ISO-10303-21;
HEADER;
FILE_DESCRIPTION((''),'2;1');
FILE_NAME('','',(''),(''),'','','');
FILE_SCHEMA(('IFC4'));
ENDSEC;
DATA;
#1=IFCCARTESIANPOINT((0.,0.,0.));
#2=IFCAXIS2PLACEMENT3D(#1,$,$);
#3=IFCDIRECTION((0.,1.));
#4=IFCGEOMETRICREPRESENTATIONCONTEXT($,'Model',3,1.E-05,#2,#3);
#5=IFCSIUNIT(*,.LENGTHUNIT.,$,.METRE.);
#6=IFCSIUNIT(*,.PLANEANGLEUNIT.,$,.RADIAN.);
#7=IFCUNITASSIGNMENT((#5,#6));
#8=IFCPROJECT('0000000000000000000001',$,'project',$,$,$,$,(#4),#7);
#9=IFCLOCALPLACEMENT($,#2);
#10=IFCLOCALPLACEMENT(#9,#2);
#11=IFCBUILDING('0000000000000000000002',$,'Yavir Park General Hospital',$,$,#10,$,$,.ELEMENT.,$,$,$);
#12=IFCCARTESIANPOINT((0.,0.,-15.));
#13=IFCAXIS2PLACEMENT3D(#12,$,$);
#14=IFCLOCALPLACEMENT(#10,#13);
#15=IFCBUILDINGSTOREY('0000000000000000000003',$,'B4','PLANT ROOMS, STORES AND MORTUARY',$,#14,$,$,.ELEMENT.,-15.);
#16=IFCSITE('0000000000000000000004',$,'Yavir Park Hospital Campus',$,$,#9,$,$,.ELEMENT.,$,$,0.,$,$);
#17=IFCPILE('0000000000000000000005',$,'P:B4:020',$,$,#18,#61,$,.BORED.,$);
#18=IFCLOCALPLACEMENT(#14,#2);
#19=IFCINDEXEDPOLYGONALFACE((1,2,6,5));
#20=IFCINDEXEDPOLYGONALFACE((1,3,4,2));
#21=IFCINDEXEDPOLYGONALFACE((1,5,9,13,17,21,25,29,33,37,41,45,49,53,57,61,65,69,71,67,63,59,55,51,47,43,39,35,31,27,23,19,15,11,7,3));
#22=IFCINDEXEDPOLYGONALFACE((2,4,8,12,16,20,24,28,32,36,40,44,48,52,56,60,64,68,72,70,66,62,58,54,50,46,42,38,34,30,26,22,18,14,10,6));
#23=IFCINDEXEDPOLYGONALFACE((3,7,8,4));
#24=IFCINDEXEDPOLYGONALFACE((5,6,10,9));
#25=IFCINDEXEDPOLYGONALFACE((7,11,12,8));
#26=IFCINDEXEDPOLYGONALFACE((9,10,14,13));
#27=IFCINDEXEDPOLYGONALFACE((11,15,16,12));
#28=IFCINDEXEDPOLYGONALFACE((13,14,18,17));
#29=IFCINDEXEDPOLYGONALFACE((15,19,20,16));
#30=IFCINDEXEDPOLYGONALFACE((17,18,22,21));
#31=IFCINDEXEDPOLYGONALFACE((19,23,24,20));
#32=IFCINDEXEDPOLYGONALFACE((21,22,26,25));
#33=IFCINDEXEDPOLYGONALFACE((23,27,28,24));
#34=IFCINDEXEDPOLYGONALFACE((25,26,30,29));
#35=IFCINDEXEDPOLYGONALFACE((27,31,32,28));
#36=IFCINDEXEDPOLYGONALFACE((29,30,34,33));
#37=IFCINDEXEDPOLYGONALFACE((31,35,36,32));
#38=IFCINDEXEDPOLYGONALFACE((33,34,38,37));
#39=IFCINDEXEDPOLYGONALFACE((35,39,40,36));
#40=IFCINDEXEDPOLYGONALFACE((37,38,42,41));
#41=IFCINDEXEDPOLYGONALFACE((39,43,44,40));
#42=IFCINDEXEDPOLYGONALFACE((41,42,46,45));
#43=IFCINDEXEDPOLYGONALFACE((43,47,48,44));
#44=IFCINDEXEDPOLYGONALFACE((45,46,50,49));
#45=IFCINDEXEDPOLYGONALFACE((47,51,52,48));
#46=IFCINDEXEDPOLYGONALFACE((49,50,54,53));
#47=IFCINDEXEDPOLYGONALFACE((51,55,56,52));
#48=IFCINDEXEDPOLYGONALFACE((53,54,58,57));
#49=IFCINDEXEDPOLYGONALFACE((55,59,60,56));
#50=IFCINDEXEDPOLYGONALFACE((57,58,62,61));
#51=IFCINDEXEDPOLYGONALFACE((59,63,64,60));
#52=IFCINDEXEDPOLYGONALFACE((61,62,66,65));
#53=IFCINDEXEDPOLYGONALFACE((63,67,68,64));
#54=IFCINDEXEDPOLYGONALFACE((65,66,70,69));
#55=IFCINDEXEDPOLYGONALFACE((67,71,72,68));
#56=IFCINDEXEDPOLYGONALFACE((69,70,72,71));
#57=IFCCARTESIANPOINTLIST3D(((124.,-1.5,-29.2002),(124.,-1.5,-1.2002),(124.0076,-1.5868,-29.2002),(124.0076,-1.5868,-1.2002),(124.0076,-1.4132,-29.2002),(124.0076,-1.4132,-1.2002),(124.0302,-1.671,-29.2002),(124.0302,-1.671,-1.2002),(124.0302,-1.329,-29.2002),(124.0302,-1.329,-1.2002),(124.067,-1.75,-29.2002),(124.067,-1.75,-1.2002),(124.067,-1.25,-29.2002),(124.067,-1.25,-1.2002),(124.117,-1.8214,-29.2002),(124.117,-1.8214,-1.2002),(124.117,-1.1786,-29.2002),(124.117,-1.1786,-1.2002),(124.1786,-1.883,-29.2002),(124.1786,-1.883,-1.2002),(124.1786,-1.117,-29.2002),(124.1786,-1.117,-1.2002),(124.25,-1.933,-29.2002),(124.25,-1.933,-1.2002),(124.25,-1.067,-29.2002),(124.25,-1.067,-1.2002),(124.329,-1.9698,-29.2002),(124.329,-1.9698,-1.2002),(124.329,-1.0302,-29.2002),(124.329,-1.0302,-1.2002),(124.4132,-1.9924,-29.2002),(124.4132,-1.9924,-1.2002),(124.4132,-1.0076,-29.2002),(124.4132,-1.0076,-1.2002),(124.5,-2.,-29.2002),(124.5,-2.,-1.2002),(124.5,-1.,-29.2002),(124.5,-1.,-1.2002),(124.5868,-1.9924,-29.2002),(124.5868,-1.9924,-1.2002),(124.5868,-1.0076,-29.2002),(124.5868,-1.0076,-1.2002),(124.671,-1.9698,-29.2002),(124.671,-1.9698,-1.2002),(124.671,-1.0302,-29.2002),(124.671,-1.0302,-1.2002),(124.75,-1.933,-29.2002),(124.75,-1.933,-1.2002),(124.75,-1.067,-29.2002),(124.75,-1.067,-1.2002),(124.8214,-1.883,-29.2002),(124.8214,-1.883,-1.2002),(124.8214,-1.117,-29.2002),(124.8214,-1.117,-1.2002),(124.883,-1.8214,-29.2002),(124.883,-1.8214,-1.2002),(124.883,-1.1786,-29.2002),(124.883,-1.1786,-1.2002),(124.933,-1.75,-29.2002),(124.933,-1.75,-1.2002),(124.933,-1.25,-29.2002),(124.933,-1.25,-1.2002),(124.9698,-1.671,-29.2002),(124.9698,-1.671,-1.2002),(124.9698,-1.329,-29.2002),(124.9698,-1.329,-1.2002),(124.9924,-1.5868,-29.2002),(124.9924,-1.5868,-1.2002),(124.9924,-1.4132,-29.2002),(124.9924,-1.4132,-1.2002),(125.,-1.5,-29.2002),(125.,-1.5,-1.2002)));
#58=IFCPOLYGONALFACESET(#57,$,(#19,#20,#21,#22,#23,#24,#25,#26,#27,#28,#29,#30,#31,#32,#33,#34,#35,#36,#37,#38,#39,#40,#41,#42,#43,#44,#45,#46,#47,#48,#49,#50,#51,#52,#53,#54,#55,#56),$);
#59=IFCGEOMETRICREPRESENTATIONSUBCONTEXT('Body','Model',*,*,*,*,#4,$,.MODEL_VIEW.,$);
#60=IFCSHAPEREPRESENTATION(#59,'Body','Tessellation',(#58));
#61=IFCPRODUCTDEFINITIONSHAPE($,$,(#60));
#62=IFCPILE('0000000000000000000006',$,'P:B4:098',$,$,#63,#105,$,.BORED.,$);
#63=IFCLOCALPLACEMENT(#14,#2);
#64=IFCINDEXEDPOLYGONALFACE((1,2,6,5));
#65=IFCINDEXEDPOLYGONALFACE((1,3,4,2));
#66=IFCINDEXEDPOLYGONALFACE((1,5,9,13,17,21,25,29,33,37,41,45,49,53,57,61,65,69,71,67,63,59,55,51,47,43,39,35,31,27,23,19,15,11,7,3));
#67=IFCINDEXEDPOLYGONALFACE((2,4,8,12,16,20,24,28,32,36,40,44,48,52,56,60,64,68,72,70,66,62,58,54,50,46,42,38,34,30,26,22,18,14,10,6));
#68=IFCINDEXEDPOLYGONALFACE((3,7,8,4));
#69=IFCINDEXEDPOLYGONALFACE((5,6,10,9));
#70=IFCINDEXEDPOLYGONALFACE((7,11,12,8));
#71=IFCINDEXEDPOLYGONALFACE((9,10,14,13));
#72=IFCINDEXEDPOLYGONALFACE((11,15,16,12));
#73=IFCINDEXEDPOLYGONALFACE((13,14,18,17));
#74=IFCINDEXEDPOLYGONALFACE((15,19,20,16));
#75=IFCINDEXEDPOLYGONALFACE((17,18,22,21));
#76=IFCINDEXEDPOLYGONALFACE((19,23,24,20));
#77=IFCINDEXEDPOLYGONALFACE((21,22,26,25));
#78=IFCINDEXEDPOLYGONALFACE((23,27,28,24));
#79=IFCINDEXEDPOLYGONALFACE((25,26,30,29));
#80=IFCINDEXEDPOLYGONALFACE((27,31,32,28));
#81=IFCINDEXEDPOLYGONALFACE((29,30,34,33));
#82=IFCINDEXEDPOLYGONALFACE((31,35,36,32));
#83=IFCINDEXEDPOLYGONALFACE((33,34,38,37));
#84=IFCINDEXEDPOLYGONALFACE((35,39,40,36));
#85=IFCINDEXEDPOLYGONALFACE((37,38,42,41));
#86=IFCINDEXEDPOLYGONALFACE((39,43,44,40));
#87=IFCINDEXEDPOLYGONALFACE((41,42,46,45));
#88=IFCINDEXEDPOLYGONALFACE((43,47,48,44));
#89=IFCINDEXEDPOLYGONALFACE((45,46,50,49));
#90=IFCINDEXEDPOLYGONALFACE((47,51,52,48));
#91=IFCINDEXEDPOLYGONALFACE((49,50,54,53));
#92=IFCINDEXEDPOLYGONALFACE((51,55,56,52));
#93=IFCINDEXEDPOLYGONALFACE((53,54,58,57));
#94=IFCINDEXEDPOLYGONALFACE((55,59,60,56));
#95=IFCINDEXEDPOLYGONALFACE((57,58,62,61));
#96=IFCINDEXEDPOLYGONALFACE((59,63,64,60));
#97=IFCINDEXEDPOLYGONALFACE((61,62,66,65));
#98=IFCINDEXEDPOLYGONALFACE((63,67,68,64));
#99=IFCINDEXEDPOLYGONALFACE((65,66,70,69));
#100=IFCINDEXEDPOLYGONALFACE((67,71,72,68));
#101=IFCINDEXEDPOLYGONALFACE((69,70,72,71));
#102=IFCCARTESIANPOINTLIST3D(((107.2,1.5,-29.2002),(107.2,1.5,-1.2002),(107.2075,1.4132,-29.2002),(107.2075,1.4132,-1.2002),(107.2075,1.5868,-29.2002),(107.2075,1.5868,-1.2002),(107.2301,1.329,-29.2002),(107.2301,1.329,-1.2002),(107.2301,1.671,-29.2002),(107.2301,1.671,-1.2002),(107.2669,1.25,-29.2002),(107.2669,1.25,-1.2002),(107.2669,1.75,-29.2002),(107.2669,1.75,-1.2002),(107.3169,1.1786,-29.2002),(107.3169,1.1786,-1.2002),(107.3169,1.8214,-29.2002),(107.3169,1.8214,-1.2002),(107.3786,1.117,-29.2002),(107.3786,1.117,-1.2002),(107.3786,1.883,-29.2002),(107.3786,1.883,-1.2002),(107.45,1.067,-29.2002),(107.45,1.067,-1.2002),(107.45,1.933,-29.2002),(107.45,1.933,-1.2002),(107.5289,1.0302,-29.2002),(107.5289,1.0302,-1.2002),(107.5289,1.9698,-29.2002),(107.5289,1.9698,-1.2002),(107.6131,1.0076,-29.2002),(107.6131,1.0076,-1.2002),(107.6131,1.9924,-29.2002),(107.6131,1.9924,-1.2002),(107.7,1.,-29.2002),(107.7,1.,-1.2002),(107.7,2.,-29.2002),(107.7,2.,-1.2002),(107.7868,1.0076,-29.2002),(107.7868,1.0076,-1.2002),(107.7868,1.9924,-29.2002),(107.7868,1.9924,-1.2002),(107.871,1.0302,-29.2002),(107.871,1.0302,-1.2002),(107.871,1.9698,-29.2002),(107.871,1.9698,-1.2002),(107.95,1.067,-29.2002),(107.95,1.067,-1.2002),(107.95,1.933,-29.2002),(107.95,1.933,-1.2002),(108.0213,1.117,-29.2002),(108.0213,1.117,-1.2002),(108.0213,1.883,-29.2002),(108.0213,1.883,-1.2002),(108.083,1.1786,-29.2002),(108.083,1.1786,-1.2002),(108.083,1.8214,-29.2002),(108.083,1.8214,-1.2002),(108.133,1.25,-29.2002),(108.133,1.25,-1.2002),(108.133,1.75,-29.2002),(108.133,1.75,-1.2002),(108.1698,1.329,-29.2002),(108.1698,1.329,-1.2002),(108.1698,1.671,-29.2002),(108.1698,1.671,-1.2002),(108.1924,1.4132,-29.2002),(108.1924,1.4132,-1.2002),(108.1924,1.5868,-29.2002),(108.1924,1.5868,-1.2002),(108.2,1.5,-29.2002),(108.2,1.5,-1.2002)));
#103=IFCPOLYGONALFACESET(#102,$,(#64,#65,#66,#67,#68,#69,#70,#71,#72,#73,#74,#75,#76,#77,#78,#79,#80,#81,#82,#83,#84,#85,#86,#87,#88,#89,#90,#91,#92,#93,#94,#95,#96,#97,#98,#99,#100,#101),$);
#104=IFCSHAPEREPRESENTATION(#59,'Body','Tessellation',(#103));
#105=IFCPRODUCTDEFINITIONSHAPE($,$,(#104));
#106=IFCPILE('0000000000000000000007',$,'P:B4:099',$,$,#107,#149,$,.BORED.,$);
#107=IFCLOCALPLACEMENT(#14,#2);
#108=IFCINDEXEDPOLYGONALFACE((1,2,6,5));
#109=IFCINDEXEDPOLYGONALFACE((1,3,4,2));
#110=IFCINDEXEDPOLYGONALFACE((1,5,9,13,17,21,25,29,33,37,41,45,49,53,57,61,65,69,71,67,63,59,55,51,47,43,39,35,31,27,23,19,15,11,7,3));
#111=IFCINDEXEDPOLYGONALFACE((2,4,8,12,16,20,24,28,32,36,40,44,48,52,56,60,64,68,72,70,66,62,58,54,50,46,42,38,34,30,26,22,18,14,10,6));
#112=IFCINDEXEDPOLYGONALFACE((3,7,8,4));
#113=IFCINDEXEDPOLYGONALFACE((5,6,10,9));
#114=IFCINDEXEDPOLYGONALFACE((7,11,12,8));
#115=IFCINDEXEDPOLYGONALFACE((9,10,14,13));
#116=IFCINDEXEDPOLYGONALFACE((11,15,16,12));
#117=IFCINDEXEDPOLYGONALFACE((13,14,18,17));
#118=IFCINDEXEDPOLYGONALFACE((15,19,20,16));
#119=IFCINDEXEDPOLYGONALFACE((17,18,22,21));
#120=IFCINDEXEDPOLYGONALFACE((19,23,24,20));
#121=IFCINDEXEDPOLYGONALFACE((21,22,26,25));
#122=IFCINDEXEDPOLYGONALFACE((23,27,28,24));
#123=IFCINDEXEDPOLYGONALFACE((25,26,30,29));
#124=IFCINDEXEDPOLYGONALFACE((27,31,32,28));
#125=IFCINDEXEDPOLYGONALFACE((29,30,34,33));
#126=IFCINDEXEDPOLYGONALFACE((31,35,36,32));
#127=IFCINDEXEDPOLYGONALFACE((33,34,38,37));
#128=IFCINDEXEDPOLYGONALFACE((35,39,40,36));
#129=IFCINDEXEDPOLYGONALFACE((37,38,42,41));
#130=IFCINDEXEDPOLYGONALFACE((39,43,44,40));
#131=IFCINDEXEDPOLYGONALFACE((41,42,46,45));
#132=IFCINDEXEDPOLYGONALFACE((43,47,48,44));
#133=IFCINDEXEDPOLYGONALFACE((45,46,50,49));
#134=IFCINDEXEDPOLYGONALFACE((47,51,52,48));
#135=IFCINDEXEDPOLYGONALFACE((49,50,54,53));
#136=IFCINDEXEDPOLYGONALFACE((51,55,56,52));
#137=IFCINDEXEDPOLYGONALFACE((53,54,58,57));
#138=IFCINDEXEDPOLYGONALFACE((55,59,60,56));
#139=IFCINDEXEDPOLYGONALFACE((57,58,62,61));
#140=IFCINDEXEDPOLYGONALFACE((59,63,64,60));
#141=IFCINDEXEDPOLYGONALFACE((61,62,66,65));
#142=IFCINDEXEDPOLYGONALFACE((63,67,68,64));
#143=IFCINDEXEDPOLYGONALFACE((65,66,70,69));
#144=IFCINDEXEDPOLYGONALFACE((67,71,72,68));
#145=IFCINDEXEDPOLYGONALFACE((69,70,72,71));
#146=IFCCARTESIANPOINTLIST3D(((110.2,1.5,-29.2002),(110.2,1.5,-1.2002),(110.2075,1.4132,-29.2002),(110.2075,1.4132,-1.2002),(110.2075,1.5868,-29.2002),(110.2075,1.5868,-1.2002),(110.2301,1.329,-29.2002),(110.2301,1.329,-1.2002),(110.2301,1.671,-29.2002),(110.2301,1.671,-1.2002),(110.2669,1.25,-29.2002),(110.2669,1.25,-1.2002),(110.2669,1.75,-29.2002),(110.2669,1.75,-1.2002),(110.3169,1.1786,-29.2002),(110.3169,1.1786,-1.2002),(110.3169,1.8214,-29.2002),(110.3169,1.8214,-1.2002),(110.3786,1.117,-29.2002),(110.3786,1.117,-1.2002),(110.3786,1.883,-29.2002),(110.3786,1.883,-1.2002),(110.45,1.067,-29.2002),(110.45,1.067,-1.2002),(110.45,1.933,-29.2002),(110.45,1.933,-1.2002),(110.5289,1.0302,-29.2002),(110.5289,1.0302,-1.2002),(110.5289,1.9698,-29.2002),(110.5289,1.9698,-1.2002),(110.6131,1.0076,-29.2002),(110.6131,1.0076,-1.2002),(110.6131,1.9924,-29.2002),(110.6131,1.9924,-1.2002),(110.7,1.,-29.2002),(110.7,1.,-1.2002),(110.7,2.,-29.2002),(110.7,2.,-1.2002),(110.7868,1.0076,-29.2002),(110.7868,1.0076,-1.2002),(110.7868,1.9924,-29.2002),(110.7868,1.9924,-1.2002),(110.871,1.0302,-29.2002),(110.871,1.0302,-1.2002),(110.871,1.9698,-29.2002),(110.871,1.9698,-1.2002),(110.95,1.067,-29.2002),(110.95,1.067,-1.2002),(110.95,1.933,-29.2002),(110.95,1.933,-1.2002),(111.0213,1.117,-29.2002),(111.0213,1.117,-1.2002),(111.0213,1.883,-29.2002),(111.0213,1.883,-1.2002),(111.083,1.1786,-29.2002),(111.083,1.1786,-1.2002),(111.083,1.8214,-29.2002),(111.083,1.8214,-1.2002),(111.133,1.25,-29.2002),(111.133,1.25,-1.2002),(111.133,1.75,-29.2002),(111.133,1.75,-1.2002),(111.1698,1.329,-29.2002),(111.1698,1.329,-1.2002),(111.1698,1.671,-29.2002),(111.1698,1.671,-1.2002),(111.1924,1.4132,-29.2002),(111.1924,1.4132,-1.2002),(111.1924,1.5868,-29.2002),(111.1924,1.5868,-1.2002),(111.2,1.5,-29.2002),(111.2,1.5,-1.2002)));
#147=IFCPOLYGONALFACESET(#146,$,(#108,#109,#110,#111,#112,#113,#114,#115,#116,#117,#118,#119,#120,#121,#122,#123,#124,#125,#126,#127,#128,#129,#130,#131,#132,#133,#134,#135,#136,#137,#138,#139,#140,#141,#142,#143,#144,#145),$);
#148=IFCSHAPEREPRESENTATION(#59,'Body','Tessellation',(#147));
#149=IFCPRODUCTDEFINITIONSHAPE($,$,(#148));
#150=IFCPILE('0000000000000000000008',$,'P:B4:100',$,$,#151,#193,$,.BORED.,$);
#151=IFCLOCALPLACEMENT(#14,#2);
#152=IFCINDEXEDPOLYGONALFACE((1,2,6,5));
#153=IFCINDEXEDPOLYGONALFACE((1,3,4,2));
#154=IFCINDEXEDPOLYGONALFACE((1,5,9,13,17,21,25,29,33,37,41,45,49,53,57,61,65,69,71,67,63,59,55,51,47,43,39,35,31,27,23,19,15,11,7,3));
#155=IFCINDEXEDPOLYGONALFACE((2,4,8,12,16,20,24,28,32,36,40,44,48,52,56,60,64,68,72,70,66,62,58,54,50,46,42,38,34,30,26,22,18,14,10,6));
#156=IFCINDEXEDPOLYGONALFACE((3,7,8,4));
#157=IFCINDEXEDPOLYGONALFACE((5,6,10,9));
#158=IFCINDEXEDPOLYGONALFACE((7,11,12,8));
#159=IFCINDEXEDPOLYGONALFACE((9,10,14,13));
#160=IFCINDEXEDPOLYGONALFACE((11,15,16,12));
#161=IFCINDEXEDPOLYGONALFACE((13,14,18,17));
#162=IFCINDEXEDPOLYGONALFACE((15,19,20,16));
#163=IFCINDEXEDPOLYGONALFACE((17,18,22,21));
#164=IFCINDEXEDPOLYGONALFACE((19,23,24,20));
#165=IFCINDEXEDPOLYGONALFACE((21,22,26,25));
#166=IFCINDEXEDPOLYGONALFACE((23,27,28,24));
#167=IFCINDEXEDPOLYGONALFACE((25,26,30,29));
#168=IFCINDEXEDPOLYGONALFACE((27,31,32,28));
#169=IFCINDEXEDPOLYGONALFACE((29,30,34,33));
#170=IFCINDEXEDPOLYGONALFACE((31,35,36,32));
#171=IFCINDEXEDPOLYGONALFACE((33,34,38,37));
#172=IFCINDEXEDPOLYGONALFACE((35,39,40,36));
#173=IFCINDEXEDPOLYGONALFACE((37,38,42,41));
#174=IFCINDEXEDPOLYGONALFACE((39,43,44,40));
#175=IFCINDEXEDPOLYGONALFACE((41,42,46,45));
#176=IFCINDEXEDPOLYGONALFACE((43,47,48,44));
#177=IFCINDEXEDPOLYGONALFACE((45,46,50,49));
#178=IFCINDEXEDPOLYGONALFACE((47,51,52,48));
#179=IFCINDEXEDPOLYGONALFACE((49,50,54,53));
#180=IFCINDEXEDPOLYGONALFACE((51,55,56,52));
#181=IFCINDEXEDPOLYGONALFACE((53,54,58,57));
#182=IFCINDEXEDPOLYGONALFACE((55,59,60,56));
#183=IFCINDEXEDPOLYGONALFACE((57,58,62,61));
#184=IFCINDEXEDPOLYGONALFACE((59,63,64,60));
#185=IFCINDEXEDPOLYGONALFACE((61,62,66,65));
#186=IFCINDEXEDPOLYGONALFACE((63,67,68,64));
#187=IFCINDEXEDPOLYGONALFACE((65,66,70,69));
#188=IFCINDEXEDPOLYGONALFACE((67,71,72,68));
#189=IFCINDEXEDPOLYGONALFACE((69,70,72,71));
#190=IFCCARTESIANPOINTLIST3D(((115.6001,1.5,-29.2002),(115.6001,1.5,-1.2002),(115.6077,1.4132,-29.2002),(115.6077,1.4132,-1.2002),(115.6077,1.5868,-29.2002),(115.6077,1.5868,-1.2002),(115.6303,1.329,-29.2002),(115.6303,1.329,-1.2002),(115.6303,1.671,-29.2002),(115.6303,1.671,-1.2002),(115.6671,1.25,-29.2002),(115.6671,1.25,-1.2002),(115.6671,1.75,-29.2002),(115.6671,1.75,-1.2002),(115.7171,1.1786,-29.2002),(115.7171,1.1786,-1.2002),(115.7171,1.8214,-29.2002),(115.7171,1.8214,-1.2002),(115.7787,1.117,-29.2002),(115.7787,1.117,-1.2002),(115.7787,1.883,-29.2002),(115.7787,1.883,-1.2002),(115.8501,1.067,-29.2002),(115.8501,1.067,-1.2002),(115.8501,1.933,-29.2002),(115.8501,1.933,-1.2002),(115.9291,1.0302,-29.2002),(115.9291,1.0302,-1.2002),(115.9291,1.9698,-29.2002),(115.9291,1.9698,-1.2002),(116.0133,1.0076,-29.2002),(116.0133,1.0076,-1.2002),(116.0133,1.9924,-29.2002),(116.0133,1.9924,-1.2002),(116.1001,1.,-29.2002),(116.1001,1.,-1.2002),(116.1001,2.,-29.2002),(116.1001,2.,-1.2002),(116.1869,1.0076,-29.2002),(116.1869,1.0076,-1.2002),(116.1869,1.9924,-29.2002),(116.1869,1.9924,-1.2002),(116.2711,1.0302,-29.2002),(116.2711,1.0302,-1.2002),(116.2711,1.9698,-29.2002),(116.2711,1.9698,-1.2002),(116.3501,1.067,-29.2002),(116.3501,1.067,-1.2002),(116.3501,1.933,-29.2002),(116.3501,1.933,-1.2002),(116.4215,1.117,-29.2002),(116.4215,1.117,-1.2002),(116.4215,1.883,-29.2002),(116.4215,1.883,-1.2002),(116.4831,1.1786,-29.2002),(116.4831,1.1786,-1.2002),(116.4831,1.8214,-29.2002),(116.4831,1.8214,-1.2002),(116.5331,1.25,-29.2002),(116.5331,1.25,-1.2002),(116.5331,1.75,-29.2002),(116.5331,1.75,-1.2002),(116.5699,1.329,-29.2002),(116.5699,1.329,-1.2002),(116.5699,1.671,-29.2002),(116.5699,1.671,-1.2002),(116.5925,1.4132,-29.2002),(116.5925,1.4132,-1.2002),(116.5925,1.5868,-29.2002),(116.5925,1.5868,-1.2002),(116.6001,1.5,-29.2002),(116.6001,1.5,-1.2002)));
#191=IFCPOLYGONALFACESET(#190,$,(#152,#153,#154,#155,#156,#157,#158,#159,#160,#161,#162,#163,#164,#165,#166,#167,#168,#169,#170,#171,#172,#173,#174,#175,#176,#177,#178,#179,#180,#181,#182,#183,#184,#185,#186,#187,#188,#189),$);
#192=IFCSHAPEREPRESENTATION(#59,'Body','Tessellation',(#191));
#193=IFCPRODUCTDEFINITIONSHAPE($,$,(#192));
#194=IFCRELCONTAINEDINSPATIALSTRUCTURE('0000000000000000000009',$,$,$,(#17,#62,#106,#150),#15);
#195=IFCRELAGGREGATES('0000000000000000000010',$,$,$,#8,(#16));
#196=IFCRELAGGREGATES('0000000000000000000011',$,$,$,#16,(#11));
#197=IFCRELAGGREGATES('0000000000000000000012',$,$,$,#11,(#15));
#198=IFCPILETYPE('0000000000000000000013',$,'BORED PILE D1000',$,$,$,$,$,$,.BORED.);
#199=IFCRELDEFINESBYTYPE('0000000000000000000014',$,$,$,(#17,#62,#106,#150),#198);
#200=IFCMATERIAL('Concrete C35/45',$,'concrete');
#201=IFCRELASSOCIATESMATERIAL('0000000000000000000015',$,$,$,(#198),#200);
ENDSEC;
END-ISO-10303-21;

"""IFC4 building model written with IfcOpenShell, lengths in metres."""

from ifc_helpers import new_model, si_unit, direction, frame, origin, origin_2d, place, context, subcontext, project, spatial, circle, extrude, material, material_profile, profile_set, type_object, element, save


model = new_model("IFC4")

# Units and contexts
model_context = context("Model", 3, precision=1e-05, world=origin(), true_north=direction((0.0, 1.0)))
body_context = subcontext(model_context, "Body", "Model", "MODEL_VIEW")
ifc_project = project(units=[si_unit("LENGTHUNIT", "METRE"), si_unit("PLANEANGLEUNIT", "RADIAN")], contexts=[model_context])

# Site, building, storey
site_placement = place(None, origin())
site = spatial("IfcSite", under=ifc_project, at=site_placement, Name="Yavir Park Hospital Campus", CompositionType="ELEMENT", RefElevation=0.0)
building_placement = place(site_placement, origin())
building = spatial("IfcBuilding", under=site, at=building_placement, Name="Yavir Park General Hospital", CompositionType="ELEMENT")
storey_placement = place(building_placement, frame((0.0, 0.0, -15.0)))
storey = spatial("IfcBuildingStorey", under=building, at=storey_placement, Name="B4", Description="PLANT ROOMS, STORES AND MORTUARY", CompositionType="ELEMENT", Elevation=-15.0)

# Piles
ifc_material_1 = material(Name="Concrete C35/45", Category="concrete")
ifc_material_profile_1 = material_profile(ifc_material_1, circle(Radius=0.5, at=origin_2d()), Name="D1000")
ifc_profile_set_1 = profile_set([ifc_material_profile_1], Name="Concrete C35/45")
pile_type_1 = type_object("IfcPileType", Name="BORED PILE D1000", PredefinedType="BORED", material=ifc_profile_set_1)
for number, where, z_axis, x_axis, name in (
    (1, (124.5, -1.5, -1.2002), (0.0, 0.0, -1.0), (1.0, 0.0, 0.0), "P:B4:020"),
    (2, (107.7, 1.5, -1.2002), (0.0, 0.0, -1.0), (1.0, 0.0, 0.0), "P:B4:098"),
    (3, (110.7, 1.5, -1.2002), (0.0, 0.0, -1.0), (1.0, 0.0, 0.0), "P:B4:099"),
    (4, (116.1001, 1.5, -1.2002), (0.0, 0.0, -1.0), (1.0, 0.0, 0.0), "P:B4:100"),
):
    element("IfcPile", number, at=place(storey_placement, frame(where, z_axis=z_axis, x_axis=x_axis)), inside=storey, type_object=pile_type_1, Name=name, PredefinedType="BORED", context=body_context, shape_type="SweptSolid", body=[
        extrude(circle(Radius=0.5, at=origin_2d()), origin(), (0.0, 0.0, 1.0), 28.0),
    ])

save(model, "model.ifc")
